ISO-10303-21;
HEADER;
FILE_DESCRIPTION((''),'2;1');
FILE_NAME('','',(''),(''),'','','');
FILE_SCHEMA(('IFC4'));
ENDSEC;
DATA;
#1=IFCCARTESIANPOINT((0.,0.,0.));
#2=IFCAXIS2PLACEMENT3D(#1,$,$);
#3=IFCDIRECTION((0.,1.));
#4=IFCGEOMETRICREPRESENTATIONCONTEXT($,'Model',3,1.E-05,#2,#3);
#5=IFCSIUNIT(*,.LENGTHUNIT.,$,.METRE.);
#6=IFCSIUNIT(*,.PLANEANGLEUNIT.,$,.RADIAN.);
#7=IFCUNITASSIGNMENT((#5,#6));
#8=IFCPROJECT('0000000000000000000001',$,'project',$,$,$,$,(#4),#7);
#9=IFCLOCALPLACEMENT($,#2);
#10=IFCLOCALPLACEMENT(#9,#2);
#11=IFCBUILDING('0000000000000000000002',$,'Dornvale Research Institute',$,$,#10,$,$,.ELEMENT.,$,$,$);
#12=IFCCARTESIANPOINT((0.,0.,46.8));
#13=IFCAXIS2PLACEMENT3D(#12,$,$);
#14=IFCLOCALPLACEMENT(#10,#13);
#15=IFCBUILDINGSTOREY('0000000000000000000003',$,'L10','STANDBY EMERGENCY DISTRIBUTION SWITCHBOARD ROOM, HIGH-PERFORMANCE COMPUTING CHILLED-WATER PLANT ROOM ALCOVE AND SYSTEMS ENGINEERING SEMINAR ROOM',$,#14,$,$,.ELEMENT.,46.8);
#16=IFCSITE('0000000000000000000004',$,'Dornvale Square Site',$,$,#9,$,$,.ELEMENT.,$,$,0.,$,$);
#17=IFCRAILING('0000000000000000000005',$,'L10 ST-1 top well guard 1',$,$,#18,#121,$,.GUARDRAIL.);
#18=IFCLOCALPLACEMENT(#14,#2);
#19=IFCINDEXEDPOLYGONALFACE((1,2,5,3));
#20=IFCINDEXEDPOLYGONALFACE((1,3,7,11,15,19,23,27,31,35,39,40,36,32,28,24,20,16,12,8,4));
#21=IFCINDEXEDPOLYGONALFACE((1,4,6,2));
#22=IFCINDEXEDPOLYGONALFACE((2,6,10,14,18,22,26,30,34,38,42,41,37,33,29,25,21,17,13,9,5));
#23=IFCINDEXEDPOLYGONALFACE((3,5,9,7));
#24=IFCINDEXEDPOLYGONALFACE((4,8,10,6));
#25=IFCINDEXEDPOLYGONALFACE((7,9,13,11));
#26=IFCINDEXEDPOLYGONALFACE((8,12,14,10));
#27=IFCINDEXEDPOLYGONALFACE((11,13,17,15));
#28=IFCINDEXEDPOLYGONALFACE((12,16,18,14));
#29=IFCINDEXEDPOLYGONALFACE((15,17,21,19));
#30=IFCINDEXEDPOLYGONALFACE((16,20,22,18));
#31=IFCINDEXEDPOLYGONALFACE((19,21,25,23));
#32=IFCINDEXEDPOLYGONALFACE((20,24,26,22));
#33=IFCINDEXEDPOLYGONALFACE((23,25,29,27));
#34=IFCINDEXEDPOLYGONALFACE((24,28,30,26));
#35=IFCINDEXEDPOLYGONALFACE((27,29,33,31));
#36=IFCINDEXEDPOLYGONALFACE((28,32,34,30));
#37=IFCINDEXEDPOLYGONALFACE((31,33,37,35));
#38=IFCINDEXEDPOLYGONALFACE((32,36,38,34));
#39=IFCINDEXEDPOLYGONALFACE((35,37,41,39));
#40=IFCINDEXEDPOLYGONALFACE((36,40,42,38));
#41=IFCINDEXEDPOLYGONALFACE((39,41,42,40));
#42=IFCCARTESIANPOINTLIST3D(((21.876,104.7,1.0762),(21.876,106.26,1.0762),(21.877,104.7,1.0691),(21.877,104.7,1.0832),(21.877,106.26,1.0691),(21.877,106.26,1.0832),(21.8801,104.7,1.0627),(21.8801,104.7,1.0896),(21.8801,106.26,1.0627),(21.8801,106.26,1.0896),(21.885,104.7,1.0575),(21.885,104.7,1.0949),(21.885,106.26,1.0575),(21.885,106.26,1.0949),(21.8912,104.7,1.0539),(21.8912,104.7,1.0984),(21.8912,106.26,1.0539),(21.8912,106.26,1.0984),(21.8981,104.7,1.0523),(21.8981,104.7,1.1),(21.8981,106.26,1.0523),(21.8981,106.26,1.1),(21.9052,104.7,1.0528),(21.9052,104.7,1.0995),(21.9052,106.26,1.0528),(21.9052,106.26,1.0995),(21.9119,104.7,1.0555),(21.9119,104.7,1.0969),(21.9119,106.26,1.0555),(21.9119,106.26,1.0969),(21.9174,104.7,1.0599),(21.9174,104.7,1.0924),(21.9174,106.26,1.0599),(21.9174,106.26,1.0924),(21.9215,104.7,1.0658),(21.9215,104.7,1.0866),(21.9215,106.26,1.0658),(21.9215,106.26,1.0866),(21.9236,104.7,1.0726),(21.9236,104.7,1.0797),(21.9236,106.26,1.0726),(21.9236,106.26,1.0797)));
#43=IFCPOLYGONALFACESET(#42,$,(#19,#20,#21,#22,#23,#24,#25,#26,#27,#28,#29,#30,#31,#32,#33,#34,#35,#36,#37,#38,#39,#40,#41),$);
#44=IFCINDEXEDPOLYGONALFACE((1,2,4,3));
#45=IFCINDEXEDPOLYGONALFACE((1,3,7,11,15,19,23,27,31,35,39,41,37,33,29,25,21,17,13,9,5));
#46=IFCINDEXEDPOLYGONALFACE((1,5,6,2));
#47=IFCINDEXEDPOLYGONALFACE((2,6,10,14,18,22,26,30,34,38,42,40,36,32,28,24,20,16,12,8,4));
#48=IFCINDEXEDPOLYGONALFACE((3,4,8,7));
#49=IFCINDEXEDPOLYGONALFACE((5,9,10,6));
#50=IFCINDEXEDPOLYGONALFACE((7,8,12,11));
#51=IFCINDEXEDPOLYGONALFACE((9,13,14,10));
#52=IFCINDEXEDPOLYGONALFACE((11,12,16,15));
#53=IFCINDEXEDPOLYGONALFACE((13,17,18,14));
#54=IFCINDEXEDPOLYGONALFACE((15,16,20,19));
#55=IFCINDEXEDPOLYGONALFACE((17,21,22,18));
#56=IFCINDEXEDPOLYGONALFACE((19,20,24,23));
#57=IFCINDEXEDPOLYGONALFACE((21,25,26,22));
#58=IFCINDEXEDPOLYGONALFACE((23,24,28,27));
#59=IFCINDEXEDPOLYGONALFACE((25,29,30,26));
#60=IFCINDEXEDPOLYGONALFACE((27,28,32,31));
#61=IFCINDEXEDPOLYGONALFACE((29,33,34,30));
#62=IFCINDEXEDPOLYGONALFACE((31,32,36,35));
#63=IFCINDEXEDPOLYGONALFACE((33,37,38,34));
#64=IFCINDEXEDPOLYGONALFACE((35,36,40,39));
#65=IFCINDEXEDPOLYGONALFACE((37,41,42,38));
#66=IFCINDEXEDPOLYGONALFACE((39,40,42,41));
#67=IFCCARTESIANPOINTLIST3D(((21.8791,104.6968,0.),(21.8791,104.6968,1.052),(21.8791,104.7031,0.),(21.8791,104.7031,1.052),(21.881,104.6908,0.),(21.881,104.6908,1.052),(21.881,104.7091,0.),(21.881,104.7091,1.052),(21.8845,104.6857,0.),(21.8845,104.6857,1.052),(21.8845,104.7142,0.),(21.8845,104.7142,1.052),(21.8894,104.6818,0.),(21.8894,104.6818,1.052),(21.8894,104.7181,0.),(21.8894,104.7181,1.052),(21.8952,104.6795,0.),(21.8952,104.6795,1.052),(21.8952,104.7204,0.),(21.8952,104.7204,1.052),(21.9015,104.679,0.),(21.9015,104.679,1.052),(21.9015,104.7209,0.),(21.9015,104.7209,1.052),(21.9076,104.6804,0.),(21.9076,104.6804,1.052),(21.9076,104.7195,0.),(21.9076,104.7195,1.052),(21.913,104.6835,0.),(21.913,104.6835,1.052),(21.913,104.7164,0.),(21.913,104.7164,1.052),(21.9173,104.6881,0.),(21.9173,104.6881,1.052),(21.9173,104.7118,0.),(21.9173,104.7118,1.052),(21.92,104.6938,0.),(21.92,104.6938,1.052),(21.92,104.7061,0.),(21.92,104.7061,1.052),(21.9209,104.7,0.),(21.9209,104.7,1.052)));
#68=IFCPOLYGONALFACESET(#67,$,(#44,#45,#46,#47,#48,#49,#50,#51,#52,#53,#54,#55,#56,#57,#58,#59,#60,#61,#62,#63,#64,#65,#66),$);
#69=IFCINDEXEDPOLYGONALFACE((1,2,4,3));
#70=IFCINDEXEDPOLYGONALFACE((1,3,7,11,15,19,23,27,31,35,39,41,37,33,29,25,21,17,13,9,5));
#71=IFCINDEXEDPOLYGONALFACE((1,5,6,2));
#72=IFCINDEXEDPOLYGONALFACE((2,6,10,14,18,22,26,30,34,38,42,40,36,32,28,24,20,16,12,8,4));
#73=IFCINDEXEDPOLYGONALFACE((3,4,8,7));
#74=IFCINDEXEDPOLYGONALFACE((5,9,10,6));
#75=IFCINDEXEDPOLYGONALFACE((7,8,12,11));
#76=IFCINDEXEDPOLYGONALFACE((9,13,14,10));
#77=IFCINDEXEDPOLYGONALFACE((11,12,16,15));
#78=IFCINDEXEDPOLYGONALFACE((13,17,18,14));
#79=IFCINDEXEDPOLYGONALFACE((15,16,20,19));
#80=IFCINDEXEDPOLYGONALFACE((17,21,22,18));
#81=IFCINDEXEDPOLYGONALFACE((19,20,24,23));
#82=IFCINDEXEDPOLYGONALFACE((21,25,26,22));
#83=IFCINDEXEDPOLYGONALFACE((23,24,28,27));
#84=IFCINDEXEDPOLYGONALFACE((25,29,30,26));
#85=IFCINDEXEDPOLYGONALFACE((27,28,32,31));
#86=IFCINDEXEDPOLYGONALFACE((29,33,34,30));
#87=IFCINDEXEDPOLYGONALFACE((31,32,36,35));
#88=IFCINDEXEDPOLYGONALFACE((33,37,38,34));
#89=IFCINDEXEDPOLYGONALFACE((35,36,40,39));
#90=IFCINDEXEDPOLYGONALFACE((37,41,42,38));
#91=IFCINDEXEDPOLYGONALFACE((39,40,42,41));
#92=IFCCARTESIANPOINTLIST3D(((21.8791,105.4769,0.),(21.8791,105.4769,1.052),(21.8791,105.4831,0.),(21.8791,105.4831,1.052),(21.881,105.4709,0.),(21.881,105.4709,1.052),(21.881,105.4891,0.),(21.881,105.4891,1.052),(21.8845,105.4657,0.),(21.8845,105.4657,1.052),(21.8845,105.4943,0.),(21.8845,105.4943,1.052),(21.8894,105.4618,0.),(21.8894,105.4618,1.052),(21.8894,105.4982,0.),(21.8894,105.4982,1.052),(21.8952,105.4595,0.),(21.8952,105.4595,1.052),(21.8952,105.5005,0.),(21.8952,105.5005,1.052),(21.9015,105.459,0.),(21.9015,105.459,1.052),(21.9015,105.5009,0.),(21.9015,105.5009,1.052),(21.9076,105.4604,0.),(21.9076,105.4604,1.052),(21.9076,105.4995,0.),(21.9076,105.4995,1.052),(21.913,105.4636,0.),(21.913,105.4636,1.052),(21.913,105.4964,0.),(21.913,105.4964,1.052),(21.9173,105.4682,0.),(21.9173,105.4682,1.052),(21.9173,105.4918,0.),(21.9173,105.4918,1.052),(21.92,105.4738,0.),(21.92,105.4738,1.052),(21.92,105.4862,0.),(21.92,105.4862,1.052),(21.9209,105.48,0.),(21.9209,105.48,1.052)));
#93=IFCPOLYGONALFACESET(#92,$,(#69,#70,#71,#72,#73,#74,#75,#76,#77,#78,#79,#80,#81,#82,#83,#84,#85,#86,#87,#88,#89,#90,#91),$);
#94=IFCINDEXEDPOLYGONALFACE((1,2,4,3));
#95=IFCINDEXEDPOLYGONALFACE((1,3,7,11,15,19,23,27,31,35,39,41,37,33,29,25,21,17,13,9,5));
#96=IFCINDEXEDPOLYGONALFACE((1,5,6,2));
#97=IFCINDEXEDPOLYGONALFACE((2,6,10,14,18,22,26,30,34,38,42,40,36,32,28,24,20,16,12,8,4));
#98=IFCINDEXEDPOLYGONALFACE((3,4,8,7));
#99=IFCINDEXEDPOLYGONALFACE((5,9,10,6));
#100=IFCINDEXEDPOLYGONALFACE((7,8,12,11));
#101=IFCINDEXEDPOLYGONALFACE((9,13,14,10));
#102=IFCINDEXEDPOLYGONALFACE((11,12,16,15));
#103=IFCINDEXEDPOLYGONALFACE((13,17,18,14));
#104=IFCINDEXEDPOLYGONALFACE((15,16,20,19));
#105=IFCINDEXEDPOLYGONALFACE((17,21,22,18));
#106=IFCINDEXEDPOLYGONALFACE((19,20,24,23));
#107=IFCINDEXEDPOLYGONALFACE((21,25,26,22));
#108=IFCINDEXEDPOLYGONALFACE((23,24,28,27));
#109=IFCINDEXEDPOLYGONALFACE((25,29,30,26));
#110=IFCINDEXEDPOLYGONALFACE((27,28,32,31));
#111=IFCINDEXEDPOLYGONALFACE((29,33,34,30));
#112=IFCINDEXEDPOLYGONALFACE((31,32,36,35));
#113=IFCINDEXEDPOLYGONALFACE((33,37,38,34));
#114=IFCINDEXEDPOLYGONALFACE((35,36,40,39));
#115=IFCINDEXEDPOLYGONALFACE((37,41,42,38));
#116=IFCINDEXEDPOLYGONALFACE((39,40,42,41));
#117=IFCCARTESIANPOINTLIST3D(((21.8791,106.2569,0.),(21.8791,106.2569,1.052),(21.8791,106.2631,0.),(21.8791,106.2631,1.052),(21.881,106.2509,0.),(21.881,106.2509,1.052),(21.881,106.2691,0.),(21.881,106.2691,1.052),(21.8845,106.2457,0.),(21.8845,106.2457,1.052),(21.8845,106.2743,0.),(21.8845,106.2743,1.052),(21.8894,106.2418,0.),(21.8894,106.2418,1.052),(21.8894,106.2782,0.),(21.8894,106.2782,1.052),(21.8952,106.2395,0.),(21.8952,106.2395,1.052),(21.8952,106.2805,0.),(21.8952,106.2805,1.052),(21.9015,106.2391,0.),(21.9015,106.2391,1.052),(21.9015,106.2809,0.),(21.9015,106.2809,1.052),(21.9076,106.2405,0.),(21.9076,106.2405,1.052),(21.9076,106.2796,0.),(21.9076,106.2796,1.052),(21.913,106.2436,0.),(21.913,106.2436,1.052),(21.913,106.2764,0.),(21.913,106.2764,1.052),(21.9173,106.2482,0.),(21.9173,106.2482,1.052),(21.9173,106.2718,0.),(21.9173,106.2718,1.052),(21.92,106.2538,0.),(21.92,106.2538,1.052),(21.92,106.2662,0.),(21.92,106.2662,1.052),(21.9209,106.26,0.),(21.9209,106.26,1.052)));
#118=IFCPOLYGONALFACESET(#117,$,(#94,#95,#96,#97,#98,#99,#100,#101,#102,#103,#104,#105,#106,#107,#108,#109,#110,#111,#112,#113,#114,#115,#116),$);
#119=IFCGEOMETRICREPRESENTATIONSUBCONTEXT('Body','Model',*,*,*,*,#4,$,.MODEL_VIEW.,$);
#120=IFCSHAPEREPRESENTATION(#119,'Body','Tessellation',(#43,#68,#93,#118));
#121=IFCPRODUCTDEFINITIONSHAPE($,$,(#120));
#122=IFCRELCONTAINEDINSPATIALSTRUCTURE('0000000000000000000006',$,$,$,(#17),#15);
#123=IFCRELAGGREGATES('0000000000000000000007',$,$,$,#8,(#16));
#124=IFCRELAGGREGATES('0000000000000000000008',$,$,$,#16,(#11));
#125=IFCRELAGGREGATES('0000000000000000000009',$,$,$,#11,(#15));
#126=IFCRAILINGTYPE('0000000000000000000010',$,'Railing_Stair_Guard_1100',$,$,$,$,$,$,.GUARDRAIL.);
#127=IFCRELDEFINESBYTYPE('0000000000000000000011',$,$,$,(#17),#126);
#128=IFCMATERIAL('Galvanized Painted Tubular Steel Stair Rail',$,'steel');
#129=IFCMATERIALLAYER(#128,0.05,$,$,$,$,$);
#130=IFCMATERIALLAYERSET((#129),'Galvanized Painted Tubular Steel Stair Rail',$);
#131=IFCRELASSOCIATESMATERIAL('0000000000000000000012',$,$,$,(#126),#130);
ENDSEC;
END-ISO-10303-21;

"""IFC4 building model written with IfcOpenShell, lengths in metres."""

from ifc_helpers import new_model, si_unit, direction, frame, origin, origin_2d, place, context, subcontext, project, spatial, circle, extrude, material, layer, layer_set, type_object, element, save


model = new_model("IFC4")

# Units and contexts
model_context = context("Model", 3, precision=1e-05, world=origin(), true_north=direction((0.0, 1.0)))
body_context = subcontext(model_context, "Body", "Model", "MODEL_VIEW")
ifc_project = project(units=[si_unit("LENGTHUNIT", "METRE"), si_unit("PLANEANGLEUNIT", "RADIAN")], contexts=[model_context])

# Site, building, storey
site_placement = place(None, origin())
site = spatial("IfcSite", under=ifc_project, at=site_placement, Name="Dornvale Square Site", CompositionType="ELEMENT", RefElevation=0.0)
building_placement = place(site_placement, origin())
building = spatial("IfcBuilding", under=site, at=building_placement, Name="Dornvale Research Institute", CompositionType="ELEMENT")
storey_placement = place(building_placement, frame((0.0, 0.0, 46.8)))
storey = spatial("IfcBuildingStorey", under=building, at=storey_placement, Name="L10", Description="STANDBY EMERGENCY DISTRIBUTION SWITCHBOARD ROOM, HIGH-PERFORMANCE COMPUTING CHILLED-WATER PLANT ROOM ALCOVE AND SYSTEMS ENGINEERING SEMINAR ROOM", CompositionType="ELEMENT", Elevation=46.8)

# Railing
ifc_material_1 = material(Name="Galvanized Painted Tubular Steel Stair Rail", Category="steel")
ifc_layer_1 = layer(ifc_material_1, 0.05)
ifc_layer_set_1 = layer_set([ifc_layer_1], Name="Galvanized Painted Tubular Steel Stair Rail")
railing_type = type_object("IfcRailingType", Name="Railing_Stair_Guard_1100", PredefinedType="GUARDRAIL", material=ifc_layer_set_1)
railing_placement = place(storey_placement, frame((21.8999, 104.7, 0.0)))
element("IfcRailing", 1, at=railing_placement, inside=storey, type_object=railing_type, Name="L10 ST-1 top well guard 1", PredefinedType="GUARDRAIL", context=body_context, shape_type="SweptSolid", body=[
    extrude(circle(Radius=0.0239, at=origin_2d()), frame((0.0, 0.0, 1.0762), z_axis=(0.0, 1.0, 0.0), x_axis=(-1.0, 0.0, 0.0)), (0.0, 0.0, 1.0), 1.5601),
    extrude(circle(Radius=0.021, at=origin_2d()), origin(), (0.0, 0.0, 1.0), 1.052),
    extrude(circle(Radius=0.021, at=origin_2d()), frame((0.0, 0.78, 0.0)), (0.0, 0.0, 1.0), 1.052),
    extrude(circle(Radius=0.021, at=origin_2d()), frame((0.0, 1.5601, 0.0)), (0.0, 0.0, 1.0), 1.052),
])

save(model, "model.ifc")
